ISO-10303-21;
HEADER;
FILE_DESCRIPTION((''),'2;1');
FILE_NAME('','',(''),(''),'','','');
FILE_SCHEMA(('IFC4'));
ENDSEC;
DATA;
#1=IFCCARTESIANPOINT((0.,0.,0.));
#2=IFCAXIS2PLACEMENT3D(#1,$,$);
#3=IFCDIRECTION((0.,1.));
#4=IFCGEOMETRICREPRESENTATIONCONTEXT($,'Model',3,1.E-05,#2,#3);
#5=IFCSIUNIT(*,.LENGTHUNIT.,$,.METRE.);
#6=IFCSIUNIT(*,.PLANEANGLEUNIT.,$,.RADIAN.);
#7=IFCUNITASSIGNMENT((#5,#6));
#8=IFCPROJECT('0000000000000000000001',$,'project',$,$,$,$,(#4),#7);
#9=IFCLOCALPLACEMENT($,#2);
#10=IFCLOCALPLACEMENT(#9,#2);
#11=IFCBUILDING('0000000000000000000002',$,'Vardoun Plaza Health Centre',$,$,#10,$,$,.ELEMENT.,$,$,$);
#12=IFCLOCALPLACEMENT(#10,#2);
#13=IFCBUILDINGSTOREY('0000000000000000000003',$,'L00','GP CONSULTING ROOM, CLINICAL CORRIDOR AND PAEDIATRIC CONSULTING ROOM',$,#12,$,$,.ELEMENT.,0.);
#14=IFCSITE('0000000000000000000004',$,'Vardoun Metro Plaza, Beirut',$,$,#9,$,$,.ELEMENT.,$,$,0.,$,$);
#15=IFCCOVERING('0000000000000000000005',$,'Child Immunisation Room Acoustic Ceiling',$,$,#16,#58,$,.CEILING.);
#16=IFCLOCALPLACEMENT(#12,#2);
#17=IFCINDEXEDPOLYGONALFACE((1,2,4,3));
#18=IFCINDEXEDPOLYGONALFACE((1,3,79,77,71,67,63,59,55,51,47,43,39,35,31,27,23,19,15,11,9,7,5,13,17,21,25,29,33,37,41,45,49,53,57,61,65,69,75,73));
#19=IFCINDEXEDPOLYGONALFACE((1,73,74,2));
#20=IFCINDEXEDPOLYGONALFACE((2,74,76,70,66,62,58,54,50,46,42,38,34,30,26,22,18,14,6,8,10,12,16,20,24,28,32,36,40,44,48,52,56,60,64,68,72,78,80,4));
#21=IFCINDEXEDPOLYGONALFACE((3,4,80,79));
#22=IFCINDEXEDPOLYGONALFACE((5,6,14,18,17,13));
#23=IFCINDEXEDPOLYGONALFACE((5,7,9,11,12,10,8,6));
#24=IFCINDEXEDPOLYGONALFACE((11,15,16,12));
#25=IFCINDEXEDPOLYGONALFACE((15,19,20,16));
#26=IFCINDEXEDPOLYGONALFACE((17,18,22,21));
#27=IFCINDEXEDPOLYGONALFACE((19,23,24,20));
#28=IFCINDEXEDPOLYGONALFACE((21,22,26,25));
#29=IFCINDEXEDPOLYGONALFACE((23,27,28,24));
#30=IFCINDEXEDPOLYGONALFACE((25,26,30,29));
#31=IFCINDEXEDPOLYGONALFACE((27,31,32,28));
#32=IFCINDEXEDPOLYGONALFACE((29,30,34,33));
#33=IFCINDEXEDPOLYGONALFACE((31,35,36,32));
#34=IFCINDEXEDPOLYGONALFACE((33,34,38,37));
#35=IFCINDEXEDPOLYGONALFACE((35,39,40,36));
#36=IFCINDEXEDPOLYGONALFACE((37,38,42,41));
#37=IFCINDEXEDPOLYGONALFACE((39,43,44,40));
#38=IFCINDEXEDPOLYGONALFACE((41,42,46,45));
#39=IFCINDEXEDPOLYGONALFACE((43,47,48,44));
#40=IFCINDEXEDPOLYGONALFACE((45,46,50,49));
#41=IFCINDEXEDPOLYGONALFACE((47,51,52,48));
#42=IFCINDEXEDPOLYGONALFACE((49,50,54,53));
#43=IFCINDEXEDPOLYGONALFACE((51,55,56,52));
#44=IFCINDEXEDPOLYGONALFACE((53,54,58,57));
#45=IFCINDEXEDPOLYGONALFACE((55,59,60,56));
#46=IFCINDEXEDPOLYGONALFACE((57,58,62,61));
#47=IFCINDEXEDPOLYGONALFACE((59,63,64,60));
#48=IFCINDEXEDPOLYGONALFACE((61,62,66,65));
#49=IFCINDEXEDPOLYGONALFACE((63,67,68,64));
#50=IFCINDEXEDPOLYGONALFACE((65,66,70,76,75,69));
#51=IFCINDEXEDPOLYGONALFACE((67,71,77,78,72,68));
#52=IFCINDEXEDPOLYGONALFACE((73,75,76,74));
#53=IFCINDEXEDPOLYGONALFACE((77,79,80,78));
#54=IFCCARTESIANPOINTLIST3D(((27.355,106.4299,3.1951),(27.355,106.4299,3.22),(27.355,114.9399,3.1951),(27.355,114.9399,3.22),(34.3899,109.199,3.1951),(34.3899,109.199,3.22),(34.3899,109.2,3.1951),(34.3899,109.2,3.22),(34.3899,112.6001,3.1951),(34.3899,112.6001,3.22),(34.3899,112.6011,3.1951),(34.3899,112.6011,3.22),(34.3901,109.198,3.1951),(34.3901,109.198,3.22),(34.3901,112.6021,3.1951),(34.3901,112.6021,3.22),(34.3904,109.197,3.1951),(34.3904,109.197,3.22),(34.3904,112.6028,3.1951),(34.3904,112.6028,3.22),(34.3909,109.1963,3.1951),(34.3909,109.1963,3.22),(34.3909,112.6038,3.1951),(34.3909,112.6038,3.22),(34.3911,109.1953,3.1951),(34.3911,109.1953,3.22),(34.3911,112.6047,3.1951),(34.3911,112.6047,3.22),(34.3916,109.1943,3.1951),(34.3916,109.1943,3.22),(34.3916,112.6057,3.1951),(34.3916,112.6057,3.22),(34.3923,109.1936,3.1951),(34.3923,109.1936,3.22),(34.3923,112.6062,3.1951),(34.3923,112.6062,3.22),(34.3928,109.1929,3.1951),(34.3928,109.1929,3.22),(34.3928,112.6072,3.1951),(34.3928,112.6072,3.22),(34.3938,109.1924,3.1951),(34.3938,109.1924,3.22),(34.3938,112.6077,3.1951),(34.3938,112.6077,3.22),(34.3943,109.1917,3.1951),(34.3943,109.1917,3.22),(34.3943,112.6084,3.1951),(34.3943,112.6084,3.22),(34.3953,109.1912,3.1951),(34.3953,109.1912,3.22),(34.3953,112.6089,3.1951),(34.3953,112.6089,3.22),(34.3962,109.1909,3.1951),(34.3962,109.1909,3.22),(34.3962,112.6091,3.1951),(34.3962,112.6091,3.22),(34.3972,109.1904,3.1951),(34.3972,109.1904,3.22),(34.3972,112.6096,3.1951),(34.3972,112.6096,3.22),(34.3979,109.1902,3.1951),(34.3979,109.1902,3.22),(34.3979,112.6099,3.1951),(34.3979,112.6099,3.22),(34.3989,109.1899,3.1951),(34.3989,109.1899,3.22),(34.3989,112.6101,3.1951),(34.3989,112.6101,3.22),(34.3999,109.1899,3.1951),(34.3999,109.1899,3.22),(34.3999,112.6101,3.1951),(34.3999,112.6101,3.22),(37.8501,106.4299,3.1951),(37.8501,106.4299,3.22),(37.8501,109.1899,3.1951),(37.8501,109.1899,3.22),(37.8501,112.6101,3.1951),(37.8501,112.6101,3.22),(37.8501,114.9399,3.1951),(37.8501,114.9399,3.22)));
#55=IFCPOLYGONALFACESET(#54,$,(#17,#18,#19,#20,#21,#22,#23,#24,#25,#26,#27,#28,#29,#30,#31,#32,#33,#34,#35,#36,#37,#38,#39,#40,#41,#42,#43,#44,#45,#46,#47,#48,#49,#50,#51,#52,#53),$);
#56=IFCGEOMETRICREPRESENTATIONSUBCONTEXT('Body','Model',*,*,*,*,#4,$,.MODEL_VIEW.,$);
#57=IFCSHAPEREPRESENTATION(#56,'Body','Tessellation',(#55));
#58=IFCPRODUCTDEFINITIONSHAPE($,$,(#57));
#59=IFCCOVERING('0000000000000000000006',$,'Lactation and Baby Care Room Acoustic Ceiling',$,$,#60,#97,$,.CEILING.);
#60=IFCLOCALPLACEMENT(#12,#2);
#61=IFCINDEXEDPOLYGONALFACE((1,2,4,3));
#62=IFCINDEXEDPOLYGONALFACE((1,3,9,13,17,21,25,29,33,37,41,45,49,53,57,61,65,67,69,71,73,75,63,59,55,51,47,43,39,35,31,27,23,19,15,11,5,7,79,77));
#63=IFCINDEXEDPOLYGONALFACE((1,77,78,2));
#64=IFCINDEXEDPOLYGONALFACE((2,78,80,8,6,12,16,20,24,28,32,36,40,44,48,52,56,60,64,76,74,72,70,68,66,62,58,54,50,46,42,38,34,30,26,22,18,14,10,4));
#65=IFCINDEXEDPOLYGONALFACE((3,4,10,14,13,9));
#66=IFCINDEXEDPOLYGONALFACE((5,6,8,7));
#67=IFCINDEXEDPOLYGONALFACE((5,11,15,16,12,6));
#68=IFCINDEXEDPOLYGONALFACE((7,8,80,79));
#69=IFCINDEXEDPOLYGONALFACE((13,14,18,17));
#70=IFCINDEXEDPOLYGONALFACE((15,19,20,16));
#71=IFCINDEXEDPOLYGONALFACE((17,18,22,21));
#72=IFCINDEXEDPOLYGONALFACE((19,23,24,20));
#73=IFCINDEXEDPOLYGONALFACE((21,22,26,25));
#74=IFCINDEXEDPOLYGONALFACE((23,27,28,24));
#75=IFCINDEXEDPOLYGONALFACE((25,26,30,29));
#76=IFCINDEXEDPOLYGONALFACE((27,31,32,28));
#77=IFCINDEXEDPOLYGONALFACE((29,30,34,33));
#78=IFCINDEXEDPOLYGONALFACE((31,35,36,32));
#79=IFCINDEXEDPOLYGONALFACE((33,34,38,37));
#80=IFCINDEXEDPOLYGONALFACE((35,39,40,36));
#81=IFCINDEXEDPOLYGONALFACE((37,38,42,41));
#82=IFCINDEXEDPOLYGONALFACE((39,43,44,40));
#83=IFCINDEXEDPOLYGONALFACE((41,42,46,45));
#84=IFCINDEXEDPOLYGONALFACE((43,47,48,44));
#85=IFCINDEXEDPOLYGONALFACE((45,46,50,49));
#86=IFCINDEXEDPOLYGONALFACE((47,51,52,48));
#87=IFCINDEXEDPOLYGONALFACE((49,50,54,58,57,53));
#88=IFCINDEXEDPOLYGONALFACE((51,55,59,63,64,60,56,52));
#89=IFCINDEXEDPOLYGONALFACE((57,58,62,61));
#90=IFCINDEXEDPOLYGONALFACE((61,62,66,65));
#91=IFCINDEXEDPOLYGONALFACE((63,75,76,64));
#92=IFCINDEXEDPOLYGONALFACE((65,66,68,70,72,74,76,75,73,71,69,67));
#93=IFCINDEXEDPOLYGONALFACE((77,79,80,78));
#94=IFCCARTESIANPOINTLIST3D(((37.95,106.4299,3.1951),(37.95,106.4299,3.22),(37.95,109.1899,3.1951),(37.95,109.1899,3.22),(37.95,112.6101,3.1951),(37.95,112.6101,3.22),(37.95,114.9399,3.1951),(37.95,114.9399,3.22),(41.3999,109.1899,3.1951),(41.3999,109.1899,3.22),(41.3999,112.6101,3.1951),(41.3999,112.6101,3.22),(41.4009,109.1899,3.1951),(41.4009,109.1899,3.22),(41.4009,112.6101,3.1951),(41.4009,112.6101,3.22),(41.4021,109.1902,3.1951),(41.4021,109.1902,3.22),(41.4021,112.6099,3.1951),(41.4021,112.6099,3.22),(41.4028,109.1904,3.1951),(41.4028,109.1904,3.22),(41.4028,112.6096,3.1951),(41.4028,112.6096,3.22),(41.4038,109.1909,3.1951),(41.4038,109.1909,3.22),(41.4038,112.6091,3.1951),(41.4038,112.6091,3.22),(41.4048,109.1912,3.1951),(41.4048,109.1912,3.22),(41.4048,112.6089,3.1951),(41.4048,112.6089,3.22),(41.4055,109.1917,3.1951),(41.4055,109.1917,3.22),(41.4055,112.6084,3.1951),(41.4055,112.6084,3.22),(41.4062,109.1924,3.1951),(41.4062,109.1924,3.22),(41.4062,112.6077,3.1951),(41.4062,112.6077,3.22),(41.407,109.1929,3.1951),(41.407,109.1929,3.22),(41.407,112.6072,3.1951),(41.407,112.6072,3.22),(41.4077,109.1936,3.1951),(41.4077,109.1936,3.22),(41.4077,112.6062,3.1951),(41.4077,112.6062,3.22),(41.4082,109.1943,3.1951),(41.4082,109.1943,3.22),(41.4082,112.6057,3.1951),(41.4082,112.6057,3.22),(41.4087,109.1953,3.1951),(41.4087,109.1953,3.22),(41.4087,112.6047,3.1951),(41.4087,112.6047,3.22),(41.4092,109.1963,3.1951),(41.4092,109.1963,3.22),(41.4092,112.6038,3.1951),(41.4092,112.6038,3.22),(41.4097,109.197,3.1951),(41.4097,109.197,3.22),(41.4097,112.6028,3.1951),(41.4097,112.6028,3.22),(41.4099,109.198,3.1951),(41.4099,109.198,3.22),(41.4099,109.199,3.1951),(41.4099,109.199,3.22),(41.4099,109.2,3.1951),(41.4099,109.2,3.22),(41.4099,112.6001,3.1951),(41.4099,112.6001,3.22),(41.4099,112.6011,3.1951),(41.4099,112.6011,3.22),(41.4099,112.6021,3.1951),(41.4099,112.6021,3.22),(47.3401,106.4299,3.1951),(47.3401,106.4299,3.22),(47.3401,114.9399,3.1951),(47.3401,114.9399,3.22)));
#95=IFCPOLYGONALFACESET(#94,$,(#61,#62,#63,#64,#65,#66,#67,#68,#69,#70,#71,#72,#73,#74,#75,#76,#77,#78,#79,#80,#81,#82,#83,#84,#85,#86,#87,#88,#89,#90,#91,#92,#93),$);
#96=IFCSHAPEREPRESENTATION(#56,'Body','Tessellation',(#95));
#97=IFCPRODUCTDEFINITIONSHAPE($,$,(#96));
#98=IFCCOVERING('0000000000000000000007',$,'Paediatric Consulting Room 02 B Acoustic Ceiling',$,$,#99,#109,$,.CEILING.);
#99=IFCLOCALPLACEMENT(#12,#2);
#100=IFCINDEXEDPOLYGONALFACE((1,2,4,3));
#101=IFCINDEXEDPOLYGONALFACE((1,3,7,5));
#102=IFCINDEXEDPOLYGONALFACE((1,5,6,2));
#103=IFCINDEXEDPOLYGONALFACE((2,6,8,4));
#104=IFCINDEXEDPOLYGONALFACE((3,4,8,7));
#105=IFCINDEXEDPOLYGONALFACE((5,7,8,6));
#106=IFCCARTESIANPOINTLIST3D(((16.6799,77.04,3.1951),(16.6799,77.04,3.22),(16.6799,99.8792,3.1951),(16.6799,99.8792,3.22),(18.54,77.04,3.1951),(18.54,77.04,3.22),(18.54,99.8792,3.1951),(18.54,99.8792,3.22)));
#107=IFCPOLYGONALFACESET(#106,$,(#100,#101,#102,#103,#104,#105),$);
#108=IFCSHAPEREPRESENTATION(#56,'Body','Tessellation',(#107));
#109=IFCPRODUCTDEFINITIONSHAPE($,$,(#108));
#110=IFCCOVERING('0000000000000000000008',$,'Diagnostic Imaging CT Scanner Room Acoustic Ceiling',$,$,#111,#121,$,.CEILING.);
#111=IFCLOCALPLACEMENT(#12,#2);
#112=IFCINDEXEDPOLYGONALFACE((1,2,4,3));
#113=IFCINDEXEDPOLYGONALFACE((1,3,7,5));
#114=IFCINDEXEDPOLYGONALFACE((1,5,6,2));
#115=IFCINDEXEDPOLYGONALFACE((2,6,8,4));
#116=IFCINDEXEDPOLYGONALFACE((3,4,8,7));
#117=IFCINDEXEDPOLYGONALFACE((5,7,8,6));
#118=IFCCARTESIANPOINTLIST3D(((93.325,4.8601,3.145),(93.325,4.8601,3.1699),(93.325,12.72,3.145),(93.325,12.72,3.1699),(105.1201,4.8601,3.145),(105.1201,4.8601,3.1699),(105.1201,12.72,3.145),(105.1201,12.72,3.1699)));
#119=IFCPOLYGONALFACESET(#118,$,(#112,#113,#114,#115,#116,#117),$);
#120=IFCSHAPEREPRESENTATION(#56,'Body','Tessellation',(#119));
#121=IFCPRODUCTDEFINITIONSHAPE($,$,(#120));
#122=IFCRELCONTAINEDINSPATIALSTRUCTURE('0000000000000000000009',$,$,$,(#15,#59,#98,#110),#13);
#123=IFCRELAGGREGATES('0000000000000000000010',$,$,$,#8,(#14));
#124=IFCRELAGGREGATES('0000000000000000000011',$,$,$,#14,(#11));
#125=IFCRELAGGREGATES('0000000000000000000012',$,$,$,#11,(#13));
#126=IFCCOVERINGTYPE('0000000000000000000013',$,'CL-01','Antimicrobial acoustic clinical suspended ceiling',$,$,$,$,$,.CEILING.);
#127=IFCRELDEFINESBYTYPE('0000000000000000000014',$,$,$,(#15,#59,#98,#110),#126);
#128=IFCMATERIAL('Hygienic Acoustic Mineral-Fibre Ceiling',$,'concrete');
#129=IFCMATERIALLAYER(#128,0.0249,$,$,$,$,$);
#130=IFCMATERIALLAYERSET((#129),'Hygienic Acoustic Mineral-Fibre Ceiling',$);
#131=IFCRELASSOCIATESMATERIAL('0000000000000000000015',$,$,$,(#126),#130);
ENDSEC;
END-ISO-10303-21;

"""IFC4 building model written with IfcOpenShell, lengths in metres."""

from ifc_helpers import new_model, si_unit, direction, frame, origin, place, context, subcontext, project, spatial, polyline, outline, extrude, material, layer, layer_set, type_object, element, save


model = new_model("IFC4")

# Units and contexts
model_context = context("Model", 3, precision=1e-05, world=origin(), true_north=direction((0.0, 1.0)))
body_context = subcontext(model_context, "Body", "Model", "MODEL_VIEW")
ifc_project = project(units=[si_unit("LENGTHUNIT", "METRE"), si_unit("PLANEANGLEUNIT", "RADIAN")], contexts=[model_context])

# Site, building, storey
site_placement = place(None, origin())
site = spatial("IfcSite", under=ifc_project, at=site_placement, Name="Vardoun Metro Plaza, Beirut", CompositionType="ELEMENT", RefElevation=0.0)
building_placement = place(site_placement, origin())
building = spatial("IfcBuilding", under=site, at=building_placement, Name="Vardoun Plaza Health Centre", CompositionType="ELEMENT")
storey_placement = place(building_placement, origin())
storey = spatial("IfcBuildingStorey", under=building, at=storey_placement, Name="L00", Description="GP CONSULTING ROOM, CLINICAL CORRIDOR AND PAEDIATRIC CONSULTING ROOM", CompositionType="ELEMENT", Elevation=0.0)

# Coverings
ifc_material_1 = material(Name="Hygienic Acoustic Mineral-Fibre Ceiling", Category="concrete")
ifc_layer_1 = layer(ifc_material_1, 0.0249)
ifc_layer_set_1 = layer_set([ifc_layer_1], Name="Hygienic Acoustic Mineral-Fibre Ceiling")
covering_type_1 = type_object("IfcCoveringType", Name="CL-01", Description="Antimicrobial acoustic clinical suspended ceiling", PredefinedType="CEILING", material=ifc_layer_set_1)
covering_1_placement = place(storey_placement, frame((0.0, 0.0, 3.1951)))
element("IfcCovering", 1, at=covering_1_placement, inside=storey, type_object=covering_type_1, Name="Child Immunisation Room Acoustic Ceiling", PredefinedType="CEILING", context=body_context, shape_type="SweptSolid", body=[
    extrude(outline(polyline([(37.8501, 114.9399), (37.8501, 112.6101), (34.3999, 112.6101), (34.3989, 112.6101), (34.3979, 112.6099), (34.3972, 112.6096), (34.3962, 112.6091), (34.3953, 112.6089), (34.3943, 112.6084), (34.3938, 112.6077), (34.3928, 112.6072), (34.3923, 112.6062), (34.3916, 112.6057), (34.3911, 112.6047), (34.3909, 112.6038), (34.3904, 112.6028), (34.3901, 112.6021), (34.3899, 112.6011), (34.3899, 112.6001), (34.3899, 109.2), (34.3899, 109.199), (34.3901, 109.198), (34.3904, 109.197), (34.3909, 109.1963), (34.3911, 109.1953), (34.3916, 109.1943), (34.3923, 109.1936), (34.3928, 109.1929), (34.3938, 109.1924), (34.3943, 109.1917), (34.3953, 109.1912), (34.3962, 109.1909), (34.3972, 109.1904), (34.3979, 109.1902), (34.3989, 109.1899), (34.3999, 109.1899), (37.8501, 109.1899), (37.8501, 106.4299), (27.355, 106.4299), (27.355, 114.9399), (37.8501, 114.9399)])), origin(), (0.0, 0.0, 1.0), 0.0249),
])
covering_2_placement = place(storey_placement, frame((0.0, 0.0, 3.1951)))
element("IfcCovering", 2, at=covering_2_placement, inside=storey, type_object=covering_type_1, Name="Lactation and Baby Care Room Acoustic Ceiling", PredefinedType="CEILING", context=body_context, shape_type="SweptSolid", body=[
    extrude(outline(polyline([(47.3401, 106.4299), (37.95, 106.4299), (37.95, 109.1899), (41.3999, 109.1899), (41.4009, 109.1899), (41.4021, 109.1902), (41.4028, 109.1904), (41.4038, 109.1909), (41.4048, 109.1912), (41.4055, 109.1917), (41.4062, 109.1924), (41.407, 109.1929), (41.4077, 109.1936), (41.4082, 109.1943), (41.4087, 109.1953), (41.4092, 109.1963), (41.4097, 109.197), (41.4099, 109.198), (41.4099, 109.199), (41.4099, 109.2), (41.4099, 112.6001), (41.4099, 112.6011), (41.4099, 112.6021), (41.4097, 112.6028), (41.4092, 112.6038), (41.4087, 112.6047), (41.4082, 112.6057), (41.4077, 112.6062), (41.407, 112.6072), (41.4062, 112.6077), (41.4055, 112.6084), (41.4048, 112.6089), (41.4038, 112.6091), (41.4028, 112.6096), (41.4021, 112.6099), (41.4009, 112.6101), (41.3999, 112.6101), (37.95, 112.6101), (37.95, 114.9399), (47.3401, 114.9399), (47.3401, 106.4299)])), origin(), (0.0, 0.0, 1.0), 0.0249),
])
covering_3_placement = place(storey_placement, frame((0.0, 0.0, 3.1951)))
element("IfcCovering", 3, at=covering_3_placement, inside=storey, type_object=covering_type_1, Name="Paediatric Consulting Room 02 B Acoustic Ceiling", PredefinedType="CEILING", context=body_context, shape_type="SweptSolid", body=[
    extrude(outline(polyline([(18.54, 77.04), (16.6799, 77.04), (16.6799, 99.8792), (18.54, 99.8792), (18.54, 77.04)])), origin(), (0.0, 0.0, 1.0), 0.0249),
])
covering_4_placement = place(storey_placement, frame((0.0, 0.0, 3.145)))
element("IfcCovering", 4, at=covering_4_placement, inside=storey, type_object=covering_type_1, Name="Diagnostic Imaging CT Scanner Room Acoustic Ceiling", PredefinedType="CEILING", context=body_context, shape_type="SweptSolid", body=[
    extrude(outline(polyline([(105.1201, 12.72), (105.1201, 4.8601), (93.325, 4.8601), (93.325, 12.72), (105.1201, 12.72)])), origin(), (0.0, 0.0, 1.0), 0.0249),
])

save(model, "model.ifc")
